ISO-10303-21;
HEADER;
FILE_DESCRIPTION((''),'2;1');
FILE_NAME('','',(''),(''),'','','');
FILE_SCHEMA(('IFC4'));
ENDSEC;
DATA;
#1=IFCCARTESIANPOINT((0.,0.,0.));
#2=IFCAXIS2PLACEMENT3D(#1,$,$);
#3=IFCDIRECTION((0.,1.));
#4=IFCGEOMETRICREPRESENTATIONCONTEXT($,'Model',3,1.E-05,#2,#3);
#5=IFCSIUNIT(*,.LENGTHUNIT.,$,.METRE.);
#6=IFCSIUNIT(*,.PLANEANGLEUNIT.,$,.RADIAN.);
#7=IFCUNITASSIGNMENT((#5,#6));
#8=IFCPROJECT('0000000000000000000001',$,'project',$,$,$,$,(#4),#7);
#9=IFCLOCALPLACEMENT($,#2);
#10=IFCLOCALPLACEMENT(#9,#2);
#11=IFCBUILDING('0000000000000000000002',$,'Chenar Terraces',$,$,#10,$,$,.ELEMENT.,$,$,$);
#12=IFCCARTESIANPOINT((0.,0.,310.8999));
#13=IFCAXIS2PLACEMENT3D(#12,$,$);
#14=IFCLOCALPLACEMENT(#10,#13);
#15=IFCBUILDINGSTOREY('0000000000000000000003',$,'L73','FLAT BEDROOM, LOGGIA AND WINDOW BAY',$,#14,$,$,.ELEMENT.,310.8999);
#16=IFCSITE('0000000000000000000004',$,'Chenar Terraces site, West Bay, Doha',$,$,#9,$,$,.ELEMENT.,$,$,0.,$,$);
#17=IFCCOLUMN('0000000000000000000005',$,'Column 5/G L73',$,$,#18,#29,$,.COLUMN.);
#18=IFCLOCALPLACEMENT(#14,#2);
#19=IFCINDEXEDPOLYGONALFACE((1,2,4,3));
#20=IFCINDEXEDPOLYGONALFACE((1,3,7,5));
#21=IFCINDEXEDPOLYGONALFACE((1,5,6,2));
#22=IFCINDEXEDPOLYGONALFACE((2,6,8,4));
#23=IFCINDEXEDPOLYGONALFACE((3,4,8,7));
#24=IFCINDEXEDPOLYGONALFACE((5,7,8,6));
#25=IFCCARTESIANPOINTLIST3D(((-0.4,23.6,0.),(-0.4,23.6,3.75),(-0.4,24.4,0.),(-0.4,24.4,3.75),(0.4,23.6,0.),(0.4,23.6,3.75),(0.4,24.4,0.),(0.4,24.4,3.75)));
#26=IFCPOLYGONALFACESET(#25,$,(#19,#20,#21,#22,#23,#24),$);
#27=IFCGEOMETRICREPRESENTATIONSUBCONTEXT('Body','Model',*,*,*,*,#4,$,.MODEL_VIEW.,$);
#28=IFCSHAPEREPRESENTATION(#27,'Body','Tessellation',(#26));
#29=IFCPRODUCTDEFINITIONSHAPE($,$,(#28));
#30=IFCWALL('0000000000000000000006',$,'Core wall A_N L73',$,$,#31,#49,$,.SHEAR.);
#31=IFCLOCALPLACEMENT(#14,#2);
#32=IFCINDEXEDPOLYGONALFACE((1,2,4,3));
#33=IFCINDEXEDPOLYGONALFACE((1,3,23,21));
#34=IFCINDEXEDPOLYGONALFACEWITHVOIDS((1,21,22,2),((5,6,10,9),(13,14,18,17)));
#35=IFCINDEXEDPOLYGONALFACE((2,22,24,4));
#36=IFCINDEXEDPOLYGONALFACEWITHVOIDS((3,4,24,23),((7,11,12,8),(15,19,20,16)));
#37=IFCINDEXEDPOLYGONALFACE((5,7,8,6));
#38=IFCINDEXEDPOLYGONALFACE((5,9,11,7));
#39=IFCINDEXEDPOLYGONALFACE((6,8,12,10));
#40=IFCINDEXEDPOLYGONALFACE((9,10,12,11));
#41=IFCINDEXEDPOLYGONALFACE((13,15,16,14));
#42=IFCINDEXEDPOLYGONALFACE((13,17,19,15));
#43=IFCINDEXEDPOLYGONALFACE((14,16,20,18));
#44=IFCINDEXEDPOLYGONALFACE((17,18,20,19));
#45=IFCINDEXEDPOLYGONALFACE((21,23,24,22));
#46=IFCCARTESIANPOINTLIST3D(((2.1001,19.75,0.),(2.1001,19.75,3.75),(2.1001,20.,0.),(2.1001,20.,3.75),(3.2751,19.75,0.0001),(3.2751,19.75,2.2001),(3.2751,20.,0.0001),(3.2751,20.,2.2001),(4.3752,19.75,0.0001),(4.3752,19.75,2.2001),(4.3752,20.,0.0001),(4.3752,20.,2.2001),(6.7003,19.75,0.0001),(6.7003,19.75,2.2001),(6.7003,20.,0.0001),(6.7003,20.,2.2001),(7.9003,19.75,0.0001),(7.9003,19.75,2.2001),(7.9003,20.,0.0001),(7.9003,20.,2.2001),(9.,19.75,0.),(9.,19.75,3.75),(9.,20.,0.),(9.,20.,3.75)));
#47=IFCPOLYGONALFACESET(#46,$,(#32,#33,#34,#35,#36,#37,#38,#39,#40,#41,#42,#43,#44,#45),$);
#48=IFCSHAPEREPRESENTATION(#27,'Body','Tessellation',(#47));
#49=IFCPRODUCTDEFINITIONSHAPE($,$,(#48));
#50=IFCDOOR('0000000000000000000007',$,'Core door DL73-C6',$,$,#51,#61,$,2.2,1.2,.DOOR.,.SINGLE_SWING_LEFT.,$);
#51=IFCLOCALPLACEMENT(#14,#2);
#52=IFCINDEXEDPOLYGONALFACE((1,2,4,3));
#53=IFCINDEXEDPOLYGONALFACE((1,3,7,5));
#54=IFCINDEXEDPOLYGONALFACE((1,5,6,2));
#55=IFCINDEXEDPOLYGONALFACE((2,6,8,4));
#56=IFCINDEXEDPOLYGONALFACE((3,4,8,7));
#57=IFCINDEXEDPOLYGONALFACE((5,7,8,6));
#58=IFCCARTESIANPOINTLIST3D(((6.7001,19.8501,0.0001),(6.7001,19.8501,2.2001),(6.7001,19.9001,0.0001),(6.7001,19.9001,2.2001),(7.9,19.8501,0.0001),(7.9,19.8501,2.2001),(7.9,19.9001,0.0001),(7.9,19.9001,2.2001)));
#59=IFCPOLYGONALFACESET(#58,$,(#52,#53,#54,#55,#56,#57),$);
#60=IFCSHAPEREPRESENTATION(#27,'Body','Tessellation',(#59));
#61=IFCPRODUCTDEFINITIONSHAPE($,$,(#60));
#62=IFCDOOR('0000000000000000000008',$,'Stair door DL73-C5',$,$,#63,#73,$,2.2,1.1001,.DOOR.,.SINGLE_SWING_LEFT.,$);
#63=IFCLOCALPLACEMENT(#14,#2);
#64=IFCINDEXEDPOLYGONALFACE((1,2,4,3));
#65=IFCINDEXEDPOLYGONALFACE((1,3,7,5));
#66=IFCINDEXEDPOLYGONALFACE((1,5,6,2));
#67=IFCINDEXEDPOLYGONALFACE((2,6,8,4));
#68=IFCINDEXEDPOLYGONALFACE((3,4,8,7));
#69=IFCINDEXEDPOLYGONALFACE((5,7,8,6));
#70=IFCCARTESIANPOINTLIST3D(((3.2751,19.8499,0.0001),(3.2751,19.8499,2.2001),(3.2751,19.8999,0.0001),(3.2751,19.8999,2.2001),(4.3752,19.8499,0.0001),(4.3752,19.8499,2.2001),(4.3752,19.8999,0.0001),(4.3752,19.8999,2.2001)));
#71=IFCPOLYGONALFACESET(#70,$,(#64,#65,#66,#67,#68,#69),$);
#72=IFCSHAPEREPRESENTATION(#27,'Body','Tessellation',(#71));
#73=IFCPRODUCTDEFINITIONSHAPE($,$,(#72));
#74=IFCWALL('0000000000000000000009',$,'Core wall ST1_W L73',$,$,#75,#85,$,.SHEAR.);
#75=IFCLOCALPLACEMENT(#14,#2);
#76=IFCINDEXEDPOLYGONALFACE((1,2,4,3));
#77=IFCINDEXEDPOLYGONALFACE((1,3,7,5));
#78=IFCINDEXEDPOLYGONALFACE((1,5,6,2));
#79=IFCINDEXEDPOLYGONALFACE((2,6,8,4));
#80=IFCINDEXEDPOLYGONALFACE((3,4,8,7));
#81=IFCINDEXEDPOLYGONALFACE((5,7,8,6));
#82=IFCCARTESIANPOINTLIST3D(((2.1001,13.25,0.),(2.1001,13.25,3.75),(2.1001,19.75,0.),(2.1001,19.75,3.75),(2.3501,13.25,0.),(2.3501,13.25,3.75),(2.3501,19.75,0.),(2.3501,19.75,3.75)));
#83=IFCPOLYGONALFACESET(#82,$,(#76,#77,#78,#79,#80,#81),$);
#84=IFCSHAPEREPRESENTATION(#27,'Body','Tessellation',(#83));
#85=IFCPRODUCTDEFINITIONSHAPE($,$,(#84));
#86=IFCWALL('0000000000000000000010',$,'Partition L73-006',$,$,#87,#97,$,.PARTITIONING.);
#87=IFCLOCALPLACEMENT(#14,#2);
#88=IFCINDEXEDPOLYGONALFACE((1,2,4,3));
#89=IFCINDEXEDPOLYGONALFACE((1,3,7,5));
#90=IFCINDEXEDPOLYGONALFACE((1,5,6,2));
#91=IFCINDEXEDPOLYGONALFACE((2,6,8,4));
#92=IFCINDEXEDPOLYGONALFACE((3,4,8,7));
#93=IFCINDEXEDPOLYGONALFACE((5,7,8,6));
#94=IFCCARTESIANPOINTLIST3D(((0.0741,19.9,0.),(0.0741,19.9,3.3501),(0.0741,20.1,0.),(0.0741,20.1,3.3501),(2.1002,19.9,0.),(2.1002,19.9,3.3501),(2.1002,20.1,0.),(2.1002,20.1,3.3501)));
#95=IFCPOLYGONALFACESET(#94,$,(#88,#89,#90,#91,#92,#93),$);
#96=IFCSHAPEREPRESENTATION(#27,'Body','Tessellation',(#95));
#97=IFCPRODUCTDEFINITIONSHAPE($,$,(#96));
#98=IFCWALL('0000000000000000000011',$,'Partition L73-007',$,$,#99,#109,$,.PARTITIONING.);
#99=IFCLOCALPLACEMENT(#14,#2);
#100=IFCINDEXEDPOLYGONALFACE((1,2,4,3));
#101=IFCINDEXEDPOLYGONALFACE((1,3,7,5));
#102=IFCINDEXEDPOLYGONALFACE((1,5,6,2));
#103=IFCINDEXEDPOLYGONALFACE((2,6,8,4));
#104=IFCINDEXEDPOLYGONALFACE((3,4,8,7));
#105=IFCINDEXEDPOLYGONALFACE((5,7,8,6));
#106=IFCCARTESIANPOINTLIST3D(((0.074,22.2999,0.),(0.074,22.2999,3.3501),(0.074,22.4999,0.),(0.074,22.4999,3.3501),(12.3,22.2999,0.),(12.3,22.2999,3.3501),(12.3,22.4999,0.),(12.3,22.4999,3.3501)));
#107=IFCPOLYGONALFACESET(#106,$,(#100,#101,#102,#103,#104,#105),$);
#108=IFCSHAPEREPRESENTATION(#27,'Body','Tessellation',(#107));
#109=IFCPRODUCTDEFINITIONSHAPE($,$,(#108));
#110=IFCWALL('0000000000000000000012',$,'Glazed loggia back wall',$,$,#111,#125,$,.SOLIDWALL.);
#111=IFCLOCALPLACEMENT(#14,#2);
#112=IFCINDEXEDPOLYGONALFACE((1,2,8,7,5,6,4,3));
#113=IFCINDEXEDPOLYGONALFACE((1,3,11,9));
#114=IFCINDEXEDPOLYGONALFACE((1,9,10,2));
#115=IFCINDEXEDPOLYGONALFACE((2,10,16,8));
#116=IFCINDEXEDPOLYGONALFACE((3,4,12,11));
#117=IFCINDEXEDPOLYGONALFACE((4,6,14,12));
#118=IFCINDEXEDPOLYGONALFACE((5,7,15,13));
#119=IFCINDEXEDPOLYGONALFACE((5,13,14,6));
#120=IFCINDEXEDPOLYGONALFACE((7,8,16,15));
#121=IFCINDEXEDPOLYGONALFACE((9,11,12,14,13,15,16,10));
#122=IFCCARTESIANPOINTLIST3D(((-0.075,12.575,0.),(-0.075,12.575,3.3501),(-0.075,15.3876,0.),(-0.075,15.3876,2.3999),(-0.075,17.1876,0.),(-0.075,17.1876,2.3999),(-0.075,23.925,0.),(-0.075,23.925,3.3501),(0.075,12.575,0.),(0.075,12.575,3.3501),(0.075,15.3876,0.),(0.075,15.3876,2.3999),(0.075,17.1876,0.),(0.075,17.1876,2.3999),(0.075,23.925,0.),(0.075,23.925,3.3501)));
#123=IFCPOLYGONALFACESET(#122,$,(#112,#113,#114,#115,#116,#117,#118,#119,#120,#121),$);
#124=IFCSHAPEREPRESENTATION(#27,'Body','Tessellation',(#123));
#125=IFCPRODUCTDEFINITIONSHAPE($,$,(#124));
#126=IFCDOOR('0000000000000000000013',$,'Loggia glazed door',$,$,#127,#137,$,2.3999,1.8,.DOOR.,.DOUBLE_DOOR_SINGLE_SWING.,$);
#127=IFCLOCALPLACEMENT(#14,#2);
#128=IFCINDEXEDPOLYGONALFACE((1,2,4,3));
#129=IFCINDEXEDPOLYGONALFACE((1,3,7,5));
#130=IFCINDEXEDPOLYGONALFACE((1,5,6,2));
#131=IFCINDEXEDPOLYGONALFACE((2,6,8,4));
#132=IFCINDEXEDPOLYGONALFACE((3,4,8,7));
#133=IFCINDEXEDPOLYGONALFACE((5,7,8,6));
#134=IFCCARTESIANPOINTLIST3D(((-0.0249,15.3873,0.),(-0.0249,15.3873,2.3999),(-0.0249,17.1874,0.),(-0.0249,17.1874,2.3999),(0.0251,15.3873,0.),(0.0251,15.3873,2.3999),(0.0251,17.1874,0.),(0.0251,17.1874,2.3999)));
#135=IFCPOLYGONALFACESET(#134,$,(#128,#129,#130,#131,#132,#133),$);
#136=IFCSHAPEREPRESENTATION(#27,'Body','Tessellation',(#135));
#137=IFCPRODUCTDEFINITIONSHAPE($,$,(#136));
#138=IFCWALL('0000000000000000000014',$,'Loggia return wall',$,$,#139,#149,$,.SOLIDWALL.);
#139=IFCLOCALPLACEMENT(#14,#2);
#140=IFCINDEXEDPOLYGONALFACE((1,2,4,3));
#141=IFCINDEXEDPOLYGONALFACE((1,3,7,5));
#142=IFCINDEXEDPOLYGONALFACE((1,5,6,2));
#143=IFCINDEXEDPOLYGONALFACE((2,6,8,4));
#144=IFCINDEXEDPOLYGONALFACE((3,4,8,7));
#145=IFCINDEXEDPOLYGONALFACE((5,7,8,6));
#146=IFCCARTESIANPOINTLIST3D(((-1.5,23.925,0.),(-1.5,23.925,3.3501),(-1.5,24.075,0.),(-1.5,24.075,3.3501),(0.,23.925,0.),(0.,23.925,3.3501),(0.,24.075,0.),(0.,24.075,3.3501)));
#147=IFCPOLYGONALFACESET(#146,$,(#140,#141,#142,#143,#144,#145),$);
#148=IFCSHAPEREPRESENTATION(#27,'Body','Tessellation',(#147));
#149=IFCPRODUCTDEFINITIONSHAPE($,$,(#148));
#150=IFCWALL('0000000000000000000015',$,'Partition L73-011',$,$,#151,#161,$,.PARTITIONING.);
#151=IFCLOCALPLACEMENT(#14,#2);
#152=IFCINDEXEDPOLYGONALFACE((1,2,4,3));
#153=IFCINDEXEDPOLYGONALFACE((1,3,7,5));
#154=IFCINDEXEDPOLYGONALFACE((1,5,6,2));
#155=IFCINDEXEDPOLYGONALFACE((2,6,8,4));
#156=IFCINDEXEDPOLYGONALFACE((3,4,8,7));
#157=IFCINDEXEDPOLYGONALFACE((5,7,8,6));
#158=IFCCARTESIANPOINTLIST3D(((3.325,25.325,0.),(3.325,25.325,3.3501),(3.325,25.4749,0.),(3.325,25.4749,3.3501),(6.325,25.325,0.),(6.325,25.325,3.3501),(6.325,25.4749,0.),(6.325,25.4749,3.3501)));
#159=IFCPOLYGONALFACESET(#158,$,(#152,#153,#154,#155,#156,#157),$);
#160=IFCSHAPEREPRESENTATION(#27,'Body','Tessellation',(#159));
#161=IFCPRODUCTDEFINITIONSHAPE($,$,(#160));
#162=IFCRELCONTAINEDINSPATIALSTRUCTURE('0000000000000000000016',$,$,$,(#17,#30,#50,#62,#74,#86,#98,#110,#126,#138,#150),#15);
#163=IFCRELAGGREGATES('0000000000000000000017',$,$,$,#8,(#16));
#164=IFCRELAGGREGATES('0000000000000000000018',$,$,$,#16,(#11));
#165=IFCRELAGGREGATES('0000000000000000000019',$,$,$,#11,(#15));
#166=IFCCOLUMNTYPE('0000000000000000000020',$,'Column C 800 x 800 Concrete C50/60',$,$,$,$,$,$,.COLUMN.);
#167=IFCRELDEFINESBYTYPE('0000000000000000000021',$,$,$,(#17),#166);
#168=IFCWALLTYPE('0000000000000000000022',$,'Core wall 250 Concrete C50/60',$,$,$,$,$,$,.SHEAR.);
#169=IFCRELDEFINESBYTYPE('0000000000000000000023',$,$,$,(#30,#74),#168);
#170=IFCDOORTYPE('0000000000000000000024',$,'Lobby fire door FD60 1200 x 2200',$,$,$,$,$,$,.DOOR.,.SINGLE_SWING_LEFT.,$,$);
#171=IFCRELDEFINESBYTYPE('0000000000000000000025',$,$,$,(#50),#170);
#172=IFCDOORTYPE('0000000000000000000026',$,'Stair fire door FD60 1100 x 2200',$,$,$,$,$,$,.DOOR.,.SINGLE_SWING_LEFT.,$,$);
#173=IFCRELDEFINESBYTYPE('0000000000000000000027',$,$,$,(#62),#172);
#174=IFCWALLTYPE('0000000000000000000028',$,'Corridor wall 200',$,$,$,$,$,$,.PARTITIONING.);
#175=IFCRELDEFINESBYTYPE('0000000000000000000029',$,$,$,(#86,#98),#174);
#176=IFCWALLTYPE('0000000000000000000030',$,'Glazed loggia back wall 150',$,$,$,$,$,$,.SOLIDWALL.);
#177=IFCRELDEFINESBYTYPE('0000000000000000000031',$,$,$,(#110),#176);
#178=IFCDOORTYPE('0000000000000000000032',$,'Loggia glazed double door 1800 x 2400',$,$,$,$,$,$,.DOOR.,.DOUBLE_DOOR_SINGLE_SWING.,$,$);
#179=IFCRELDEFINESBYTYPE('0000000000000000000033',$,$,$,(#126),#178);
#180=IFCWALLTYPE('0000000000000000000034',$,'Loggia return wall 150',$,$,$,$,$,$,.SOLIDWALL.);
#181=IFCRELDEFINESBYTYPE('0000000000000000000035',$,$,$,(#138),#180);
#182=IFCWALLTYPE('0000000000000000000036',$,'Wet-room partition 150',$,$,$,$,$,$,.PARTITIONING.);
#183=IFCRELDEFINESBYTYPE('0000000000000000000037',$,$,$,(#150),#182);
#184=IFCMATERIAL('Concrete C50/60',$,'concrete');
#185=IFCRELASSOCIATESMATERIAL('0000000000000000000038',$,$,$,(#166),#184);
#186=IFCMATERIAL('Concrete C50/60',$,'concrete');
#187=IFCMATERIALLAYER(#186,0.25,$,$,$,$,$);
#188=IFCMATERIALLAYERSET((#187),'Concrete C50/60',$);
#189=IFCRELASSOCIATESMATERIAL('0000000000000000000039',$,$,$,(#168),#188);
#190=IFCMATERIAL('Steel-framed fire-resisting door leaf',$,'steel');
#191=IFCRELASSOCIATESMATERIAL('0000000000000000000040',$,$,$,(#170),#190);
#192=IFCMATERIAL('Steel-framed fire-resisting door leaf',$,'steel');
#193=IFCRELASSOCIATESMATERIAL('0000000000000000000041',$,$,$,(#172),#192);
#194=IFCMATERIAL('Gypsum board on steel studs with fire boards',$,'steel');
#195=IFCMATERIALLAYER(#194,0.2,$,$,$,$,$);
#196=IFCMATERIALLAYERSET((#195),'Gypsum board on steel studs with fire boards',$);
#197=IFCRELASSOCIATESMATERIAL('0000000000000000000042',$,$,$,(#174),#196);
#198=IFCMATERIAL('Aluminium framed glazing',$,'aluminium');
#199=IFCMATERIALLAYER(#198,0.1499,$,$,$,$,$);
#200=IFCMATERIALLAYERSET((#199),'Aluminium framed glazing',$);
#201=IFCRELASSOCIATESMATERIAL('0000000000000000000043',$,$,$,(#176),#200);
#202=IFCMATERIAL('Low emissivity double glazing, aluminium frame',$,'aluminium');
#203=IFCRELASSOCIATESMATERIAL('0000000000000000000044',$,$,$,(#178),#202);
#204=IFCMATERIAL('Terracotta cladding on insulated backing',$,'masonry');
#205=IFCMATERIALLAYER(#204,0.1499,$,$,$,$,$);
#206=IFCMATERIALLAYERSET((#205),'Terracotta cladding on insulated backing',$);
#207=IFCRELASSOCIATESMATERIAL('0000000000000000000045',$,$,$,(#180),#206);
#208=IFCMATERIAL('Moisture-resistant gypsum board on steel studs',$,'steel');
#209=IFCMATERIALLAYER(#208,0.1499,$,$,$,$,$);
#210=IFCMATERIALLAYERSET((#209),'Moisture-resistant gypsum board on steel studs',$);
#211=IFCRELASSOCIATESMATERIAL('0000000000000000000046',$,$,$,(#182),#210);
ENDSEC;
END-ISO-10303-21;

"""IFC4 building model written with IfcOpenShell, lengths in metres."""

from ifc_helpers import new_model, si_unit, direction, frame, frame_2d, origin, origin_2d, place, context, subcontext, project, spatial, rectangle, extrude, material, layer, layer_set, material_profile, profile_set, type_object, element, fill, save


model = new_model("IFC4")

# Units and contexts
model_context = context("Model", 3, precision=1e-05, world=origin(), true_north=direction((0.0, 1.0)))
body_context = subcontext(model_context, "Body", "Model", "MODEL_VIEW")
ifc_project = project(units=[si_unit("LENGTHUNIT", "METRE"), si_unit("PLANEANGLEUNIT", "RADIAN")], contexts=[model_context])

# Site, building, storey
site_placement = place(None, origin())
site = spatial("IfcSite", under=ifc_project, at=site_placement, Name="Chenar Terraces site, West Bay, Doha", CompositionType="ELEMENT", RefElevation=0.0)
building_placement = place(site_placement, origin())
building = spatial("IfcBuilding", under=site, at=building_placement, Name="Chenar Terraces", CompositionType="ELEMENT")
storey_placement = place(building_placement, frame((0.0, 0.0, 310.8999)))
storey = spatial("IfcBuildingStorey", under=building, at=storey_placement, Name="L73", Description="FLAT BEDROOM, LOGGIA AND WINDOW BAY", CompositionType="ELEMENT", Elevation=310.8999)

# Column
ifc_material_1 = material(Name="Concrete C50/60", Category="concrete")
ifc_material_profile_1 = material_profile(ifc_material_1, rectangle(XDim=0.8, YDim=0.8, at=origin_2d()), Name="C 800 x 800")
ifc_profile_set_1 = profile_set([ifc_material_profile_1], Name="Concrete C50/60")
column_type = type_object("IfcColumnType", Name="Column C 800 x 800 Concrete C50/60", PredefinedType="COLUMN", material=ifc_profile_set_1)
column_placement = place(storey_placement, frame((0.0, 24.0, 0.0), z_axis=(0.0, 0.0, 1.0), x_axis=(1.0, 0.0, 0.0)))
element("IfcColumn", 1, at=column_placement, inside=storey, type_object=column_type, Name="Column 5/G L73", PredefinedType="COLUMN", context=body_context, shape_type="SweptSolid", body=[
    extrude(rectangle(XDim=0.8, YDim=0.8, at=origin_2d()), origin(), (0.0, 0.0, 1.0), 3.75),
])

# Wall, openings, doors
ifc_material_2 = material(Name="Concrete C50/60", Category="concrete")
ifc_layer_1 = layer(ifc_material_2, 0.25)
ifc_layer_set_1 = layer_set([ifc_layer_1], Name="Concrete C50/60")
wall_type_1 = type_object("IfcWallType", Name="Core wall 250 Concrete C50/60", PredefinedType="SHEAR", material=ifc_layer_set_1)
wall_1_placement = place(storey_placement, frame((2.1001, 19.875, 0.0), z_axis=(0.0, 0.0, 1.0), x_axis=(1.0, 0.0, 0.0)))
wall_1 = element("IfcWall", 2, at=wall_1_placement, inside=storey, type_object=wall_type_1, Name="Core wall A_N L73", PredefinedType="SHEAR", context=body_context, shape_type="SweptSolid", body=[
    extrude(rectangle(XDim=6.8999, YDim=0.25, at=frame_2d((3.45, 0.0))), origin(), (0.0, 0.0, 1.0), 3.75),
])
opening_1_placement = place(wall_1_placement, frame((1.175, 0.0, 0.0)))
opening_1 = element("IfcOpeningElement", 3, at=opening_1_placement, cuts=wall_1, PredefinedType="OPENING", context=body_context, shape_type="SweptSolid", body=[
    extrude(rectangle(XDim=1.1001, YDim=2.2, at=frame_2d((0.55, 1.1001))), frame((0.0, 0.135, 0.0), z_axis=(0.0, -1.0, 0.0), x_axis=(1.0, 0.0, 0.0)), (0.0, 0.0, 1.0), 0.27),
])
opening_2_placement = place(wall_1_placement, frame((4.6001, 0.0, 0.0)))
opening_2 = element("IfcOpeningElement", 4, at=opening_2_placement, cuts=wall_1, PredefinedType="OPENING", context=body_context, shape_type="SweptSolid", body=[
    extrude(rectangle(XDim=1.2, YDim=2.2, at=frame_2d((0.6001, 1.1001))), frame((0.0, 0.135, 0.0), z_axis=(0.0, -1.0, 0.0), x_axis=(1.0, 0.0, 0.0)), (0.0, 0.0, 1.0), 0.27),
])
ifc_material_3 = material(Name="Steel-framed fire-resisting door leaf", Category="steel")
door_type_1 = type_object("IfcDoorType", Name="Lobby fire door FD60 1200 x 2200", OperationType="SINGLE_SWING_LEFT", PredefinedType="DOOR", material=ifc_material_3)
door_1_placement = place(opening_2_placement, frame((1.2, 0.0, 0.0), z_axis=(0.0, 0.0, 1.0), x_axis=(-1.0, 0.0, 0.0)))
door_1 = element("IfcDoor", 5, at=door_1_placement, inside=storey, type_object=door_type_1, Name="Core door DL73-C6", OperationType="SINGLE_SWING_LEFT", OverallHeight=2.2, OverallWidth=1.2, PredefinedType="DOOR", context=body_context, shape_type="SweptSolid", body=[
    extrude(rectangle(XDim=1.2, YDim=2.2, at=frame_2d((0.6001, 1.1001))), frame((0.0, 0.0249, 0.0), z_axis=(0.0, -1.0, 0.0), x_axis=(1.0, 0.0, 0.0)), (0.0, 0.0, 1.0), 0.05),
])
fill(opening_2, door_1)
ifc_material_4 = material(Name="Steel-framed fire-resisting door leaf", Category="steel")
door_type_2 = type_object("IfcDoorType", Name="Stair fire door FD60 1100 x 2200", OperationType="SINGLE_SWING_LEFT", PredefinedType="DOOR", material=ifc_material_4)
door_2_placement = place(opening_1_placement, origin())
door_2 = element("IfcDoor", 6, at=door_2_placement, inside=storey, type_object=door_type_2, Name="Stair door DL73-C5", OperationType="SINGLE_SWING_LEFT", OverallHeight=2.2, OverallWidth=1.1001, PredefinedType="DOOR", context=body_context, shape_type="SweptSolid", body=[
    extrude(rectangle(XDim=1.1001, YDim=2.2, at=frame_2d((0.55, 1.1001))), frame((0.0, 0.0249, 0.0), z_axis=(0.0, -1.0, 0.0), x_axis=(1.0, 0.0, 0.0)), (0.0, 0.0, 1.0), 0.05),
])
fill(opening_1, door_2)

# Walls
wall_2_placement = place(storey_placement, frame((2.2251, 13.25, 0.0), z_axis=(0.0, 0.0, 1.0), x_axis=(0.0, 1.0, 0.0)))
element("IfcWall", 7, at=wall_2_placement, inside=storey, type_object=wall_type_1, Name="Core wall ST1_W L73", PredefinedType="SHEAR", context=body_context, shape_type="SweptSolid", body=[
    extrude(rectangle(XDim=6.5, YDim=0.25, at=frame_2d((3.25, 0.0))), origin(), (0.0, 0.0, 1.0), 3.75),
])
ifc_material_5 = material(Name="Gypsum board on steel studs with fire boards", Category="steel")
ifc_layer_2 = layer(ifc_material_5, 0.2)
ifc_layer_set_2 = layer_set([ifc_layer_2], Name="Gypsum board on steel studs with fire boards")
wall_type_2 = type_object("IfcWallType", Name="Corridor wall 200", PredefinedType="PARTITIONING", material=ifc_layer_set_2)
wall_3_placement = place(storey_placement, frame((0.074, 20.0, 0.0), z_axis=(0.0, 0.0, 1.0), x_axis=(1.0, 0.0, 0.0)))
element("IfcWall", 8, at=wall_3_placement, inside=storey, type_object=wall_type_2, Name="Partition L73-006", PredefinedType="PARTITIONING", context=body_context, shape_type="SweptSolid", body=[
    extrude(rectangle(XDim=2.0261, YDim=0.2, at=frame_2d((1.0132, 0.0))), origin(), (0.0, 0.0, 1.0), 3.3501),
])
wall_4_placement = place(storey_placement, frame((0.074, 22.3999, 0.0), z_axis=(0.0, 0.0, 1.0), x_axis=(1.0, 0.0, 0.0)))
element("IfcWall", 9, at=wall_4_placement, inside=storey, type_object=wall_type_2, Name="Partition L73-007", PredefinedType="PARTITIONING", context=body_context, shape_type="SweptSolid", body=[
    extrude(rectangle(XDim=12.2261, YDim=0.2, at=frame_2d((6.113, 0.0))), origin(), (0.0, 0.0, 1.0), 3.3501),
])

# Wall, opening, door
ifc_material_6 = material(Name="Aluminium framed glazing", Category="aluminium")
ifc_layer_3 = layer(ifc_material_6, 0.1499)
ifc_layer_set_3 = layer_set([ifc_layer_3], Name="Aluminium framed glazing")
wall_type_3 = type_object("IfcWallType", Name="Glazed loggia back wall 150", PredefinedType="SOLIDWALL", material=ifc_layer_set_3)
wall_5_placement = place(storey_placement, frame((0.0, 23.925, 0.0), z_axis=(0.0, 0.0, 1.0), x_axis=(0.0, -1.0, 0.0)))
wall_5 = element("IfcWall", 10, at=wall_5_placement, inside=storey, type_object=wall_type_3, Name="Glazed loggia back wall", PredefinedType="SOLIDWALL", context=body_context, shape_type="SweptSolid", body=[
    extrude(rectangle(XDim=11.3501, YDim=0.1499, at=frame_2d((5.675, 0.0))), origin(), (0.0, 0.0, 1.0), 3.3501),
])
opening_3_placement = place(wall_5_placement, frame((6.7375, 0.0, 0.0)))
opening_3 = element("IfcOpeningElement", 11, at=opening_3_placement, cuts=wall_5, PredefinedType="OPENING", context=body_context, shape_type="SweptSolid", body=[
    extrude(rectangle(XDim=1.8, YDim=2.3999, at=frame_2d((0.8999, 1.2))), frame((0.0, 0.085, 0.0), z_axis=(0.0, -1.0, 0.0), x_axis=(1.0, 0.0, 0.0)), (0.0, 0.0, 1.0), 0.1699),
])
ifc_material_7 = material(Name="Low emissivity double glazing, aluminium frame", Category="aluminium")
door_type_3 = type_object("IfcDoorType", Name="Loggia glazed double door 1800 x 2400", OperationType="DOUBLE_DOOR_SINGLE_SWING", PredefinedType="DOOR", material=ifc_material_7)
door_3_placement = place(opening_3_placement, frame((1.8, 0.0, 0.0), z_axis=(0.0, 0.0, 1.0), x_axis=(-1.0, 0.0, 0.0)))
door_3 = element("IfcDoor", 12, at=door_3_placement, inside=storey, type_object=door_type_3, Name="Loggia glazed door", OperationType="DOUBLE_DOOR_SINGLE_SWING", OverallHeight=2.3999, OverallWidth=1.8, PredefinedType="DOOR", context=body_context, shape_type="SweptSolid", body=[
    extrude(rectangle(XDim=1.8, YDim=2.3999, at=frame_2d((0.8999, 1.2))), frame((0.0, 0.0249, 0.0), z_axis=(0.0, -1.0, 0.0), x_axis=(1.0, 0.0, 0.0)), (0.0, 0.0, 1.0), 0.05),
])
fill(opening_3, door_3)

# Walls
ifc_material_8 = material(Name="Terracotta cladding on insulated backing", Category="masonry")
ifc_layer_4 = layer(ifc_material_8, 0.1499)
ifc_layer_set_4 = layer_set([ifc_layer_4], Name="Terracotta cladding on insulated backing")
wall_type_4 = type_object("IfcWallType", Name="Loggia return wall 150", PredefinedType="SOLIDWALL", material=ifc_layer_set_4)
wall_6_placement = place(storey_placement, frame((-1.5, 24.0, 0.0), z_axis=(0.0, 0.0, 1.0), x_axis=(1.0, 0.0, 0.0)))
element("IfcWall", 13, at=wall_6_placement, inside=storey, type_object=wall_type_4, Name="Loggia return wall", PredefinedType="SOLIDWALL", context=body_context, shape_type="SweptSolid", body=[
    extrude(rectangle(XDim=1.5, YDim=0.1499, at=frame_2d((0.75, 0.0))), origin(), (0.0, 0.0, 1.0), 3.3501),
])
ifc_material_9 = material(Name="Moisture-resistant gypsum board on steel studs", Category="steel")
ifc_layer_5 = layer(ifc_material_9, 0.1499)
ifc_layer_set_5 = layer_set([ifc_layer_5], Name="Moisture-resistant gypsum board on steel studs")
wall_type_5 = type_object("IfcWallType", Name="Wet-room partition 150", PredefinedType="PARTITIONING", material=ifc_layer_set_5)
wall_7_placement = place(storey_placement, frame((3.325, 25.3999, 0.0), z_axis=(0.0, 0.0, 1.0), x_axis=(1.0, 0.0, 0.0)))
element("IfcWall", 14, at=wall_7_placement, inside=storey, type_object=wall_type_5, Name="Partition L73-011", PredefinedType="PARTITIONING", context=body_context, shape_type="SweptSolid", body=[
    extrude(rectangle(XDim=3.0, YDim=0.1499, at=frame_2d((1.5, 0.0))), origin(), (0.0, 0.0, 1.0), 3.3501),
])

save(model, "model.ifc")
